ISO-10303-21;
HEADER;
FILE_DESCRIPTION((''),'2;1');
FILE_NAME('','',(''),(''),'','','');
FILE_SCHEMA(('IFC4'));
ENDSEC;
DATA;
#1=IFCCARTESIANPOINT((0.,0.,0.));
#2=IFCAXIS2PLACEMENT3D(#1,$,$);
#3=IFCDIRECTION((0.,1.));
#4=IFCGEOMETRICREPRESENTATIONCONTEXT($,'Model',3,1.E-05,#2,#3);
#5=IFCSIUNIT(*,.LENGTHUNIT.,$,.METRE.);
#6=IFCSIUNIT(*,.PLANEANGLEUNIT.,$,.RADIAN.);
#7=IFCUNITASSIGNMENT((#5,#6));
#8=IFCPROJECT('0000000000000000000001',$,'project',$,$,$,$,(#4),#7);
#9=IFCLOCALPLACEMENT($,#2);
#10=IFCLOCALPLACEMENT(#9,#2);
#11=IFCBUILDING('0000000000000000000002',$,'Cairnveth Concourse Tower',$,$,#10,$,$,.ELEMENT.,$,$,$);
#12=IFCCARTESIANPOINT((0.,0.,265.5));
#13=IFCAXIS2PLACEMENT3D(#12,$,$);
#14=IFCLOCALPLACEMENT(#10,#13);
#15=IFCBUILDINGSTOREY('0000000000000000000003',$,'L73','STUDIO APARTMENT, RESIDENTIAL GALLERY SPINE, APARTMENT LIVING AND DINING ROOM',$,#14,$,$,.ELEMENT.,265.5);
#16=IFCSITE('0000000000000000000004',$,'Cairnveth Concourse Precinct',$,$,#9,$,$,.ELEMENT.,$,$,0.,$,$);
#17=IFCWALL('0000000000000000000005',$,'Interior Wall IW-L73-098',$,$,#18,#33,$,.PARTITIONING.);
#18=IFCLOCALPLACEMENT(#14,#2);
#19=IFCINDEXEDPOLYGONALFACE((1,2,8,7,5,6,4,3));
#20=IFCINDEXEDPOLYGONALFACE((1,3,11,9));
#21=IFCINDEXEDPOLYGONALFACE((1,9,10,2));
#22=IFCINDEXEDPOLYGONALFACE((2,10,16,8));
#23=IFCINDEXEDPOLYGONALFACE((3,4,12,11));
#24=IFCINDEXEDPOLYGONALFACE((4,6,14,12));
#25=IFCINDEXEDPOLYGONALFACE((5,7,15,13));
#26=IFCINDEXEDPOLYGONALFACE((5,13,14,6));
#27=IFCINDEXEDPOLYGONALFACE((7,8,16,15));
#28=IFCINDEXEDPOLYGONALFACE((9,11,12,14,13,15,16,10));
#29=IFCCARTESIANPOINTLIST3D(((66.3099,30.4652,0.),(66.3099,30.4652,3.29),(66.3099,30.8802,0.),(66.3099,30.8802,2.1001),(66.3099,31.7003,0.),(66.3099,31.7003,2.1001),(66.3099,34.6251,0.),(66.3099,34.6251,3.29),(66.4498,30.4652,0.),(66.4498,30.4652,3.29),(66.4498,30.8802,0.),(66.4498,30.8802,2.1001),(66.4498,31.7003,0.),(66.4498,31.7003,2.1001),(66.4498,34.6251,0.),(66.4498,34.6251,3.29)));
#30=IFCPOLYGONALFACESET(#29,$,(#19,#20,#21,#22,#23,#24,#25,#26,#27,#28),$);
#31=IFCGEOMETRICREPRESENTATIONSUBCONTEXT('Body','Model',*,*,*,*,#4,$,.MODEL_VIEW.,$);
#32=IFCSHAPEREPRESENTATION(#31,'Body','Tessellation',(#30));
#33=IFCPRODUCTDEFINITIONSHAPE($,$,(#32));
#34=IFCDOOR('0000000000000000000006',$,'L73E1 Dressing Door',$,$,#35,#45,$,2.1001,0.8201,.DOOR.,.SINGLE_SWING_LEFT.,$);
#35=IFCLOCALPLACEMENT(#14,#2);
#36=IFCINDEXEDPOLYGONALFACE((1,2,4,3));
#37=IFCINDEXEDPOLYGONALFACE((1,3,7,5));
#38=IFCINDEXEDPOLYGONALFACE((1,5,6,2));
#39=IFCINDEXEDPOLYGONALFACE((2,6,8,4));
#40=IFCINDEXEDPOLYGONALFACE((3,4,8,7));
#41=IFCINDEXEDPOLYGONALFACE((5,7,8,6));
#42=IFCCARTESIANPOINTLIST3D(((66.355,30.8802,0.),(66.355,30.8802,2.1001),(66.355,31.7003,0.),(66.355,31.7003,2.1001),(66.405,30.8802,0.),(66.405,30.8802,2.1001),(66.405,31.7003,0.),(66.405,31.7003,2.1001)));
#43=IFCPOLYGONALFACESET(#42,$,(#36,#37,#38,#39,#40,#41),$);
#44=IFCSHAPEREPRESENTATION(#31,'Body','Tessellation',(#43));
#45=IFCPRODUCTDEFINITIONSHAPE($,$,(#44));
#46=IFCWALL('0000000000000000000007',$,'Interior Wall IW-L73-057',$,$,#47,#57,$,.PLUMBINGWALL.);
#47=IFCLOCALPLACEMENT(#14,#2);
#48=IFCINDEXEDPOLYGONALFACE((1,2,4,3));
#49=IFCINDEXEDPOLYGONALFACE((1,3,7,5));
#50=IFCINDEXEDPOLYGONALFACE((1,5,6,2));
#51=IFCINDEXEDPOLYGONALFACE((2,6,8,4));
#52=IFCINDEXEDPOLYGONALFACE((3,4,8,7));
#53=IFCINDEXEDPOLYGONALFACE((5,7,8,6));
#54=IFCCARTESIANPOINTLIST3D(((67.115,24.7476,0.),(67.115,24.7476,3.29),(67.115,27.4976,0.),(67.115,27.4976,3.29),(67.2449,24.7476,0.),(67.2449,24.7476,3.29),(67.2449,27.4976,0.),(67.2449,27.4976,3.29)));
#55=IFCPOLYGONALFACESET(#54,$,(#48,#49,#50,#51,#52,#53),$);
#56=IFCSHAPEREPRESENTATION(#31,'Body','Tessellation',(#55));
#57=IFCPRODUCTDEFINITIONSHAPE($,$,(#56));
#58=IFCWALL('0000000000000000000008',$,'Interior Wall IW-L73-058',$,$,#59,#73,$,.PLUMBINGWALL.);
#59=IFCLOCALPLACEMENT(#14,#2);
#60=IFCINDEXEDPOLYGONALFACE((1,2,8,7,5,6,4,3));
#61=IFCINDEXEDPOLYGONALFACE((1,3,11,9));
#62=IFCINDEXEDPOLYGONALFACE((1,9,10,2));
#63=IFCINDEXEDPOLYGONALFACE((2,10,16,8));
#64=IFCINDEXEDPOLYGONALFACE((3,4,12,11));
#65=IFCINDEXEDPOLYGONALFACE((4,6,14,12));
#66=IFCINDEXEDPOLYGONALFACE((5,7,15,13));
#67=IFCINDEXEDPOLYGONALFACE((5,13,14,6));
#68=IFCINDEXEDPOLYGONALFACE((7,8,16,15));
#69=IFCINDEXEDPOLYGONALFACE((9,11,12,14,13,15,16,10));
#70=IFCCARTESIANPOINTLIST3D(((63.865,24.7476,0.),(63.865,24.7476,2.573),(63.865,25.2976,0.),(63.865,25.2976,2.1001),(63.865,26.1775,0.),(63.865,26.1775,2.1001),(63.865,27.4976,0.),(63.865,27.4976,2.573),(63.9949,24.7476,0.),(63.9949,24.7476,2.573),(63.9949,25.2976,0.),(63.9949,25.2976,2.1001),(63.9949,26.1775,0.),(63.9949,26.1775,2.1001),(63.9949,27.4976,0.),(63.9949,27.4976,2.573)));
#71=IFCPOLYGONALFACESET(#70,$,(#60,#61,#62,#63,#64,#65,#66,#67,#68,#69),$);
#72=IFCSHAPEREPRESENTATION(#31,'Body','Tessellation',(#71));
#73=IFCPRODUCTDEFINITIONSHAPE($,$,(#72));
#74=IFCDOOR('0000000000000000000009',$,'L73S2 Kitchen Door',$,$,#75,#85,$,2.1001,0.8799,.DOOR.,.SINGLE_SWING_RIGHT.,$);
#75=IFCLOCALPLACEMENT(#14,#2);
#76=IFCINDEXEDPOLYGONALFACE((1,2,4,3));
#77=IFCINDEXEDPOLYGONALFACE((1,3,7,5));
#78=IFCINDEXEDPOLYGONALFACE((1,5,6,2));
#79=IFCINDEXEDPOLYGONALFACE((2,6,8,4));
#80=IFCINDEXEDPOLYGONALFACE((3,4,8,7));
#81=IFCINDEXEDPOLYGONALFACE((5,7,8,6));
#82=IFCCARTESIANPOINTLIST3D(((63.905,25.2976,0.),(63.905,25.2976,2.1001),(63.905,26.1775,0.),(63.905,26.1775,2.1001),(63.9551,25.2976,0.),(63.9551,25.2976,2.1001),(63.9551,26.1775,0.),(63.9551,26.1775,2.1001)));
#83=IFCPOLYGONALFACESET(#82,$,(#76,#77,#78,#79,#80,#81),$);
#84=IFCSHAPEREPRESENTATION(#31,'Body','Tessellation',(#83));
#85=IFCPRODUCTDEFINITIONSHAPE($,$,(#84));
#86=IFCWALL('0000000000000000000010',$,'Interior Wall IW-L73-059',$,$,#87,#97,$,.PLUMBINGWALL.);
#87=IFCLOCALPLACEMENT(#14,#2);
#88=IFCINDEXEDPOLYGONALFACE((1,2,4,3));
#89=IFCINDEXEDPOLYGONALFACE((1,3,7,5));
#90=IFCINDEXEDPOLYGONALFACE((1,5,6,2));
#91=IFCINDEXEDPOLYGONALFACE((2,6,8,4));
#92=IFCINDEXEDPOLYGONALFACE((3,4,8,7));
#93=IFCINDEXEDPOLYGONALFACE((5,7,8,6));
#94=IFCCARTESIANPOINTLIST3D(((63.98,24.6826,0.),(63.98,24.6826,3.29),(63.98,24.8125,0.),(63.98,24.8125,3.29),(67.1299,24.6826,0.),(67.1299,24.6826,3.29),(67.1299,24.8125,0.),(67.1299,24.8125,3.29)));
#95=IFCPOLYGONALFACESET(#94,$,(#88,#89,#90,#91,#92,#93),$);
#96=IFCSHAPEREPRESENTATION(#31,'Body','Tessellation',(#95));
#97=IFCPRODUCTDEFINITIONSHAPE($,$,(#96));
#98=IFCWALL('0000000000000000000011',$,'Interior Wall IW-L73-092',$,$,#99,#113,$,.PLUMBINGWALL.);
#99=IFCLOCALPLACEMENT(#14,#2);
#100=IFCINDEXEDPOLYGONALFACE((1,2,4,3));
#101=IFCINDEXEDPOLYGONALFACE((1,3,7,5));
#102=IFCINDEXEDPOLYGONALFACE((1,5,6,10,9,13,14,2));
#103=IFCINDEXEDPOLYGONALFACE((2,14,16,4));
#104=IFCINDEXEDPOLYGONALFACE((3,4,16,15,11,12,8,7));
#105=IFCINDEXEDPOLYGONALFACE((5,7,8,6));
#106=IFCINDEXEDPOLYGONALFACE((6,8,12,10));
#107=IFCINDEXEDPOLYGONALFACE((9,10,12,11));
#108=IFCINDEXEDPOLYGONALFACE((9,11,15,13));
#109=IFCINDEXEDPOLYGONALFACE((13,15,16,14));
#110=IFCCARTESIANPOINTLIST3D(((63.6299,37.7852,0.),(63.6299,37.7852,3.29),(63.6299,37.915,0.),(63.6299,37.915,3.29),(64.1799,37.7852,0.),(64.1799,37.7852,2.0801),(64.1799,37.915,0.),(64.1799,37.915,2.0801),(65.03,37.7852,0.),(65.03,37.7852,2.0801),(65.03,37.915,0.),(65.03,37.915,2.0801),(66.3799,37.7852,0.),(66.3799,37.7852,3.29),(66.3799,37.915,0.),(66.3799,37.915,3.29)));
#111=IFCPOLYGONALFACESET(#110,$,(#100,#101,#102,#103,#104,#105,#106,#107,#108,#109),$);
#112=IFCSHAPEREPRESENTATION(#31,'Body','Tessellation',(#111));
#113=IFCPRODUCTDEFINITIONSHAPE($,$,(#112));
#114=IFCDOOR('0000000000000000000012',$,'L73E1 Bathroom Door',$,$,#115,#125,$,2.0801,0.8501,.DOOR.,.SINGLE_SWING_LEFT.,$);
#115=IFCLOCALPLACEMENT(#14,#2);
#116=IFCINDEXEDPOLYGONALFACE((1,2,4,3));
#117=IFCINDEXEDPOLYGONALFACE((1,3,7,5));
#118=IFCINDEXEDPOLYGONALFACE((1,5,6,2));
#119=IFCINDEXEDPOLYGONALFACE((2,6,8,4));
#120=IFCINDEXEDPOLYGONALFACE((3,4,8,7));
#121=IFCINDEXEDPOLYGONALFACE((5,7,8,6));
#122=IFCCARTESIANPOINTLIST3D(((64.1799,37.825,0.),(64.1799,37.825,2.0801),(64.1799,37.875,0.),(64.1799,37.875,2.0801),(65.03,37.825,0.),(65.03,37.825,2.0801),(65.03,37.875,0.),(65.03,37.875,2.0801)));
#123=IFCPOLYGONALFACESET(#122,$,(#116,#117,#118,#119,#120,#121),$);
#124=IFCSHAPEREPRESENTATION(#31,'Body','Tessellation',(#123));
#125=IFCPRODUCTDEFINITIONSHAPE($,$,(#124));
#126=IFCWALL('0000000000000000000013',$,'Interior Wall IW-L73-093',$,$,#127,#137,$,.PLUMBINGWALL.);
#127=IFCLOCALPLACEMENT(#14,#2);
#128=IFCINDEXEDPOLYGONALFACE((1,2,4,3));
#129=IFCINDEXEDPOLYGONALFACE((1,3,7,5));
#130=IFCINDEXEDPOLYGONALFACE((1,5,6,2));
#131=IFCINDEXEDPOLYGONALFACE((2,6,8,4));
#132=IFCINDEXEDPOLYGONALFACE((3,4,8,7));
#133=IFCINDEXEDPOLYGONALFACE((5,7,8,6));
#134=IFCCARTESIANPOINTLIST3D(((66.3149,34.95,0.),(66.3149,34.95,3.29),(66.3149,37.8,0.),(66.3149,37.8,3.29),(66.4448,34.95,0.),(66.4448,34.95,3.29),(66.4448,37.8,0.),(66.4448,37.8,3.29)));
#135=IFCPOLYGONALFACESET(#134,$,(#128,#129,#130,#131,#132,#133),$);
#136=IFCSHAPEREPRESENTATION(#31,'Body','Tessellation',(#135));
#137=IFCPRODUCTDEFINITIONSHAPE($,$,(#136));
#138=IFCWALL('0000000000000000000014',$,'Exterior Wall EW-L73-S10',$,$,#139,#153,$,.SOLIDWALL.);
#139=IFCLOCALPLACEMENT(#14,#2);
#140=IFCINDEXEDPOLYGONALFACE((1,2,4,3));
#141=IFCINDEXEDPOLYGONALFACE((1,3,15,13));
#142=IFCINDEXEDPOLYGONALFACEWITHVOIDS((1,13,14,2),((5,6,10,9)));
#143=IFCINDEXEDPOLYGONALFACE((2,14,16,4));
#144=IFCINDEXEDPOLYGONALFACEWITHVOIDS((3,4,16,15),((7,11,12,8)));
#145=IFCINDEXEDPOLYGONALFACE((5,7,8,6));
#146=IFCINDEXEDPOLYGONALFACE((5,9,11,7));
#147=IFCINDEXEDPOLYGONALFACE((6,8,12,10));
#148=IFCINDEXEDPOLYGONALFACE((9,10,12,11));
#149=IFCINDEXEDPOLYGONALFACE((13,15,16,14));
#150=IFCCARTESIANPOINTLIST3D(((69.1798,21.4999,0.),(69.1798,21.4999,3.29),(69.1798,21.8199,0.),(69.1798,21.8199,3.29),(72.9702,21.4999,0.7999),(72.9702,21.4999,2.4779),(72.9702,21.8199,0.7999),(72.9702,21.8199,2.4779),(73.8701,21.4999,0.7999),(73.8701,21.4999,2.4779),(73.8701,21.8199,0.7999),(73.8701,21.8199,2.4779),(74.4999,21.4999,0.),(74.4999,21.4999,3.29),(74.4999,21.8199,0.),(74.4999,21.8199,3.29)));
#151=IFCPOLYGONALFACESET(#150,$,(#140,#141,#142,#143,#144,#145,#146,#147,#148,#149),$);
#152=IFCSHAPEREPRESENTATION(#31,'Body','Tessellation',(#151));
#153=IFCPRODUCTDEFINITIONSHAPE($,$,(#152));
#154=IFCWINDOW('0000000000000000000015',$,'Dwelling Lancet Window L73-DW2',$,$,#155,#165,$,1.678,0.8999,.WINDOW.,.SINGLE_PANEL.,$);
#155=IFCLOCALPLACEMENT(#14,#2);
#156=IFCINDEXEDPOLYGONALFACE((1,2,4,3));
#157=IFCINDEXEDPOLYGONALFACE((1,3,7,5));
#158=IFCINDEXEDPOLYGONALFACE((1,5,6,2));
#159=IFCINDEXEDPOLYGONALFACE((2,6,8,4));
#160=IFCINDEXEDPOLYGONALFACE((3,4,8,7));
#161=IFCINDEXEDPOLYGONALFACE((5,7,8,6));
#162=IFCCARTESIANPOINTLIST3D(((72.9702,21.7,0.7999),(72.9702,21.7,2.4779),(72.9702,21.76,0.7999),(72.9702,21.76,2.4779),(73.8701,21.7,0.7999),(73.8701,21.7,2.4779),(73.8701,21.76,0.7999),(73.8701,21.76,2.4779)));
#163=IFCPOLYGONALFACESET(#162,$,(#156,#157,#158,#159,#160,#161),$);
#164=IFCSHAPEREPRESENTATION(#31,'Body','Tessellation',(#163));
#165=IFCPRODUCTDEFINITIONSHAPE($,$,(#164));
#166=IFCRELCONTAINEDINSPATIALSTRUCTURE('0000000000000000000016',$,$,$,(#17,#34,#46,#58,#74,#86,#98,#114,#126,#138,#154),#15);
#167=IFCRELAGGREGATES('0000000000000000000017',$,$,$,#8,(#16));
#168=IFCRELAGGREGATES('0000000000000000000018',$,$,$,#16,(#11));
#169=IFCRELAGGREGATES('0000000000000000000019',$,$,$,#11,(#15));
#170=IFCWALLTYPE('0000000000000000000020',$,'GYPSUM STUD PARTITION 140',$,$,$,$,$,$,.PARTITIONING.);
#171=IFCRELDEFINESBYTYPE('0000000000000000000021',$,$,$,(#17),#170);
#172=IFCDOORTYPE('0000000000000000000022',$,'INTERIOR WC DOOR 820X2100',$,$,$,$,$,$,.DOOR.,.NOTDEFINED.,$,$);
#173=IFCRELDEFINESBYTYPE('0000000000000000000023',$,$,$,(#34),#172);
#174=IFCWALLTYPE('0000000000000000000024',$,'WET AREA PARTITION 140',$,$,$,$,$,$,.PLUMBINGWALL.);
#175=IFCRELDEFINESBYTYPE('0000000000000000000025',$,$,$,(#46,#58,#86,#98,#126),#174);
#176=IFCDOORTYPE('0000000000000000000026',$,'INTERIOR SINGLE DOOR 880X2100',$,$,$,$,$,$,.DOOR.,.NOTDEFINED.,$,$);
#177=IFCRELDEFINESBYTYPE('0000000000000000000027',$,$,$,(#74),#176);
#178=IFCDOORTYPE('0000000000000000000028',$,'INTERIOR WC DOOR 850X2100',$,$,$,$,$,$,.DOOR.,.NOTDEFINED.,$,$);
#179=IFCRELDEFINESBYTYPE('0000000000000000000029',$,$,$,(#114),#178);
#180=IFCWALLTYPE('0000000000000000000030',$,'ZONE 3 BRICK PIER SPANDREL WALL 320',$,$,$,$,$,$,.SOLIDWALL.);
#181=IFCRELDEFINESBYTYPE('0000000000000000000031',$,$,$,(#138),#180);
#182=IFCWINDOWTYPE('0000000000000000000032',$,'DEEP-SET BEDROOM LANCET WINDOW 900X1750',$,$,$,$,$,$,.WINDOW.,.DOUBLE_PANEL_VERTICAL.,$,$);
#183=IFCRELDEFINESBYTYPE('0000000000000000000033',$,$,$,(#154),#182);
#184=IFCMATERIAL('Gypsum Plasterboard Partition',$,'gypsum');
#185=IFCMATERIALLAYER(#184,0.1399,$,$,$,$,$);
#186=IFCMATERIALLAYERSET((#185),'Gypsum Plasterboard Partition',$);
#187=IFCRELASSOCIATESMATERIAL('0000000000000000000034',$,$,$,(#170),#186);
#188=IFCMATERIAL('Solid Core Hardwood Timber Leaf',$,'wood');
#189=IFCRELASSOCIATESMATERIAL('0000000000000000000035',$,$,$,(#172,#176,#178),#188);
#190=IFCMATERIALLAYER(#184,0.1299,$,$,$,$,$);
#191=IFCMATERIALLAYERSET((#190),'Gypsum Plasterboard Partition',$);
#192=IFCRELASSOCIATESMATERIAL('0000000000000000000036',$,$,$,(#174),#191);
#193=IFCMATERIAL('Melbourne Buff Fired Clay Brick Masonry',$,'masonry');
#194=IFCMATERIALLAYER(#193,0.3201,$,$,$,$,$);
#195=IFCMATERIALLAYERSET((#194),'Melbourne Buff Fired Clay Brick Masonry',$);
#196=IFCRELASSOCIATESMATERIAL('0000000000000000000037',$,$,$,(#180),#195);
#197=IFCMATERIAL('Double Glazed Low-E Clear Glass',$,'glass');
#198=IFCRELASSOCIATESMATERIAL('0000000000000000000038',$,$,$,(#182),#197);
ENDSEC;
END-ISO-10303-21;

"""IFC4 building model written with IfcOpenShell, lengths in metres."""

from ifc_helpers import new_model, si_unit, direction, frame, frame_2d, origin, place, context, subcontext, project, spatial, rectangle, extrude, material, layer, layer_set, type_object, element, fill, save


model = new_model("IFC4")

# Units and contexts
model_context = context("Model", 3, precision=1e-05, world=origin(), true_north=direction((0.0, 1.0)))
body_context = subcontext(model_context, "Body", "Model", "MODEL_VIEW")
ifc_project = project(units=[si_unit("LENGTHUNIT", "METRE"), si_unit("PLANEANGLEUNIT", "RADIAN")], contexts=[model_context])

# Site, building, storey
site_placement = place(None, origin())
site = spatial("IfcSite", under=ifc_project, at=site_placement, Name="Cairnveth Concourse Precinct", CompositionType="ELEMENT", RefElevation=0.0)
building_placement = place(site_placement, origin())
building = spatial("IfcBuilding", under=site, at=building_placement, Name="Cairnveth Concourse Tower", CompositionType="ELEMENT")
storey_placement = place(building_placement, frame((0.0, 0.0, 265.5)))
storey = spatial("IfcBuildingStorey", under=building, at=storey_placement, Name="L73", Description="STUDIO APARTMENT, RESIDENTIAL GALLERY SPINE, APARTMENT LIVING AND DINING ROOM", CompositionType="ELEMENT", Elevation=265.5)

# Wall, opening, door
ifc_material_1 = material(Name="Gypsum Plasterboard Partition", Category="gypsum")
ifc_layer_1 = layer(ifc_material_1, 0.1399)
ifc_layer_set_1 = layer_set([ifc_layer_1], Name="Gypsum Plasterboard Partition")
wall_type_1 = type_object("IfcWallType", Name="GYPSUM STUD PARTITION 140", PredefinedType="PARTITIONING", material=ifc_layer_set_1)
ifc_material_2 = material(Name="Solid Core Hardwood Timber Leaf", Category="wood")
door_type_1 = type_object("IfcDoorType", Name="INTERIOR WC DOOR 820X2100", OperationType="NOTDEFINED", PredefinedType="DOOR", material=ifc_material_2)
door_type_2 = type_object("IfcDoorType", Name="INTERIOR SINGLE DOOR 880X2100", OperationType="NOTDEFINED", PredefinedType="DOOR", material=ifc_material_2)
wall_1_placement = place(storey_placement, frame((66.3799, 30.4651, 0.0), z_axis=(0.0, 0.0, 1.0), x_axis=(0.0, 1.0, 0.0)))
wall_1 = element("IfcWall", 1, at=wall_1_placement, inside=storey, type_object=wall_type_1, Name="Interior Wall IW-L73-098", PredefinedType="PARTITIONING", context=body_context, shape_type="SweptSolid", body=[
    extrude(rectangle(XDim=4.1599, YDim=0.1399, at=frame_2d((2.0801, 0.0))), origin(), (0.0, 0.0, 1.0), 3.29),
])
opening_1_placement = place(wall_1_placement, frame((0.415, 0.0, 0.0)))
opening_1 = element("IfcOpeningElement", 2, at=opening_1_placement, cuts=wall_1, PredefinedType="OPENING", context=body_context, shape_type="SweptSolid", body=[
    extrude(rectangle(XDim=0.8201, YDim=2.1001, at=frame_2d((0.4102, 1.05))), frame((0.0, 0.0798, 0.0), z_axis=(0.0, -1.0, 0.0), x_axis=(1.0, 0.0, 0.0)), (0.0, 0.0, 1.0), 0.1599),
])
door_1_placement = place(opening_1_placement, origin())
door_1 = element("IfcDoor", 3, at=door_1_placement, inside=storey, type_object=door_type_1, Name="L73E1 Dressing Door", OperationType="SINGLE_SWING_LEFT", OverallHeight=2.1001, OverallWidth=0.8201, PredefinedType="DOOR", context=body_context, shape_type="SweptSolid", body=[
    extrude(rectangle(XDim=0.8201, YDim=2.1001, at=frame_2d((0.4102, 1.05))), frame((0.0, 0.0249, 0.0), z_axis=(0.0, -1.0, 0.0), x_axis=(1.0, 0.0, 0.0)), (0.0, 0.0, 1.0), 0.05),
])
fill(opening_1, door_1)

# Wall
ifc_layer_2 = layer(ifc_material_1, 0.1299)
ifc_layer_set_2 = layer_set([ifc_layer_2], Name="Gypsum Plasterboard Partition")
wall_type_2 = type_object("IfcWallType", Name="WET AREA PARTITION 140", PredefinedType="PLUMBINGWALL", material=ifc_layer_set_2)
wall_2_placement = place(storey_placement, frame((67.1799, 24.7476, 0.0), z_axis=(0.0, 0.0, 1.0), x_axis=(0.0, 1.0, 0.0)))
element("IfcWall", 4, at=wall_2_placement, inside=storey, type_object=wall_type_2, Name="Interior Wall IW-L73-057", PredefinedType="PLUMBINGWALL", context=body_context, shape_type="SweptSolid", body=[
    extrude(rectangle(XDim=2.75, YDim=0.1299, at=frame_2d((1.375, 0.0))), origin(), (0.0, 0.0, 1.0), 3.29),
])

# Wall, opening, door
wall_3_placement = place(storey_placement, frame((63.9299, 24.7476, 0.0), z_axis=(0.0, 0.0, 1.0), x_axis=(0.0, 1.0, 0.0)))
wall_3 = element("IfcWall", 5, at=wall_3_placement, inside=storey, type_object=wall_type_2, Name="Interior Wall IW-L73-058", PredefinedType="PLUMBINGWALL", context=body_context, shape_type="SweptSolid", body=[
    extrude(rectangle(XDim=2.75, YDim=0.1299, at=frame_2d((1.375, 0.0))), origin(), (0.0, 0.0, 1.0), 2.573),
])
opening_2_placement = place(wall_3_placement, frame((0.55, 0.0, 0.0)))
opening_2 = element("IfcOpeningElement", 6, at=opening_2_placement, cuts=wall_3, PredefinedType="OPENING", context=body_context, shape_type="SweptSolid", body=[
    extrude(rectangle(XDim=0.8799, YDim=2.1001, at=frame_2d((0.4399, 1.05))), frame((0.0, 0.075, 0.0), z_axis=(0.0, -1.0, 0.0), x_axis=(1.0, 0.0, 0.0)), (0.0, 0.0, 1.0), 0.1499),
])
door_2_placement = place(opening_2_placement, origin())
door_2 = element("IfcDoor", 7, at=door_2_placement, inside=storey, type_object=door_type_2, Name="L73S2 Kitchen Door", OperationType="SINGLE_SWING_RIGHT", OverallHeight=2.1001, OverallWidth=0.8799, PredefinedType="DOOR", context=body_context, shape_type="SweptSolid", body=[
    extrude(rectangle(XDim=0.8799, YDim=2.1001, at=frame_2d((0.4399, 1.05))), frame((0.0, 0.0249, 0.0), z_axis=(0.0, -1.0, 0.0), x_axis=(1.0, 0.0, 0.0)), (0.0, 0.0, 1.0), 0.05),
])
fill(opening_2, door_2)

# Wall
wall_4_placement = place(storey_placement, frame((63.98, 24.7476, 0.0), z_axis=(0.0, 0.0, 1.0), x_axis=(1.0, 0.0, 0.0)))
element("IfcWall", 8, at=wall_4_placement, inside=storey, type_object=wall_type_2, Name="Interior Wall IW-L73-059", PredefinedType="PLUMBINGWALL", context=body_context, shape_type="SweptSolid", body=[
    extrude(rectangle(XDim=3.1499, YDim=0.1299, at=frame_2d((1.575, 0.0))), origin(), (0.0, 0.0, 1.0), 3.29),
])

# Wall, opening, door
wall_5_placement = place(storey_placement, frame((63.6299, 37.8501, 0.0), z_axis=(0.0, 0.0, 1.0), x_axis=(1.0, 0.0, 0.0)))
wall_5 = element("IfcWall", 9, at=wall_5_placement, inside=storey, type_object=wall_type_2, Name="Interior Wall IW-L73-092", PredefinedType="PLUMBINGWALL", context=body_context, shape_type="SweptSolid", body=[
    extrude(rectangle(XDim=2.75, YDim=0.1299, at=frame_2d((1.375, 0.0))), origin(), (0.0, 0.0, 1.0), 3.29),
])
opening_3_placement = place(wall_5_placement, frame((0.55, 0.0, 0.0)))
opening_3 = element("IfcOpeningElement", 10, at=opening_3_placement, cuts=wall_5, PredefinedType="OPENING", context=body_context, shape_type="SweptSolid", body=[
    extrude(rectangle(XDim=0.8501, YDim=2.0801, at=frame_2d((0.425, 1.04))), frame((0.0, 0.075, 0.0), z_axis=(0.0, -1.0, 0.0), x_axis=(1.0, 0.0, 0.0)), (0.0, 0.0, 1.0), 0.1499),
])
door_type_3 = type_object("IfcDoorType", Name="INTERIOR WC DOOR 850X2100", OperationType="NOTDEFINED", PredefinedType="DOOR", material=ifc_material_2)
door_3_placement = place(opening_3_placement, origin())
door_3 = element("IfcDoor", 11, at=door_3_placement, inside=storey, type_object=door_type_3, Name="L73E1 Bathroom Door", OperationType="SINGLE_SWING_LEFT", OverallHeight=2.0801, OverallWidth=0.8501, PredefinedType="DOOR", context=body_context, shape_type="SweptSolid", body=[
    extrude(rectangle(XDim=0.8501, YDim=2.0801, at=frame_2d((0.425, 1.04))), frame((0.0, 0.0249, 0.0), z_axis=(0.0, -1.0, 0.0), x_axis=(1.0, 0.0, 0.0)), (0.0, 0.0, 1.0), 0.05),
])
fill(opening_3, door_3)

# Wall
wall_6_placement = place(storey_placement, frame((66.3799, 34.95, 0.0), z_axis=(0.0, 0.0, 1.0), x_axis=(0.0, 1.0, 0.0)))
element("IfcWall", 12, at=wall_6_placement, inside=storey, type_object=wall_type_2, Name="Interior Wall IW-L73-093", PredefinedType="PLUMBINGWALL", context=body_context, shape_type="SweptSolid", body=[
    extrude(rectangle(XDim=2.8501, YDim=0.1299, at=frame_2d((1.425, 0.0))), origin(), (0.0, 0.0, 1.0), 3.29),
])

# Wall, opening, window
ifc_material_3 = material(Name="Melbourne Buff Fired Clay Brick Masonry", Category="masonry")
ifc_layer_3 = layer(ifc_material_3, 0.3201)
ifc_layer_set_3 = layer_set([ifc_layer_3], Name="Melbourne Buff Fired Clay Brick Masonry")
wall_type_3 = type_object("IfcWallType", Name="ZONE 3 BRICK PIER SPANDREL WALL 320", PredefinedType="SOLIDWALL", material=ifc_layer_set_3)
wall_7_placement = place(storey_placement, frame((74.5, 21.6599, 0.0), z_axis=(0.0, 0.0, 1.0), x_axis=(-1.0, 0.0, 0.0)))
wall_7 = element("IfcWall", 13, at=wall_7_placement, inside=storey, type_object=wall_type_3, Name="Exterior Wall EW-L73-S10", PredefinedType="SOLIDWALL", context=body_context, shape_type="SweptSolid", body=[
    extrude(rectangle(XDim=5.3201, YDim=0.3201, at=frame_2d((2.6602, 0.0))), origin(), (0.0, 0.0, 1.0), 3.29),
])
opening_4_placement = place(wall_7_placement, frame((0.6299, 0.0, 0.8)))
opening_4 = element("IfcOpeningElement", 14, at=opening_4_placement, cuts=wall_7, PredefinedType="OPENING", context=body_context, shape_type="SweptSolid", body=[
    extrude(rectangle(XDim=0.8999, YDim=1.678, at=frame_2d((0.45, 0.8389))), frame((0.0, 0.1699, 0.0), z_axis=(0.0, -1.0, 0.0), x_axis=(1.0, 0.0, 0.0)), (0.0, 0.0, 1.0), 0.3401),
])
ifc_material_4 = material(Name="Double Glazed Low-E Clear Glass", Category="glass")
window_type = type_object("IfcWindowType", Name="DEEP-SET BEDROOM LANCET WINDOW 900X1750", PartitioningType="DOUBLE_PANEL_VERTICAL", PredefinedType="WINDOW", material=ifc_material_4)
window_placement = place(opening_4_placement, origin())
window = element("IfcWindow", 15, at=window_placement, inside=storey, type_object=window_type, Name="Dwelling Lancet Window L73-DW2", OverallHeight=1.678, OverallWidth=0.8999, PartitioningType="SINGLE_PANEL", PredefinedType="WINDOW", context=body_context, shape_type="SweptSolid", body=[
    extrude(rectangle(XDim=0.8999, YDim=1.678, at=frame_2d((0.45, 0.8389))), frame((0.0, -0.04, 0.0), z_axis=(0.0, -1.0, 0.0), x_axis=(1.0, 0.0, 0.0)), (0.0, 0.0, 1.0), 0.0601),
])
fill(opening_4, window)

save(model, "model.ifc")
